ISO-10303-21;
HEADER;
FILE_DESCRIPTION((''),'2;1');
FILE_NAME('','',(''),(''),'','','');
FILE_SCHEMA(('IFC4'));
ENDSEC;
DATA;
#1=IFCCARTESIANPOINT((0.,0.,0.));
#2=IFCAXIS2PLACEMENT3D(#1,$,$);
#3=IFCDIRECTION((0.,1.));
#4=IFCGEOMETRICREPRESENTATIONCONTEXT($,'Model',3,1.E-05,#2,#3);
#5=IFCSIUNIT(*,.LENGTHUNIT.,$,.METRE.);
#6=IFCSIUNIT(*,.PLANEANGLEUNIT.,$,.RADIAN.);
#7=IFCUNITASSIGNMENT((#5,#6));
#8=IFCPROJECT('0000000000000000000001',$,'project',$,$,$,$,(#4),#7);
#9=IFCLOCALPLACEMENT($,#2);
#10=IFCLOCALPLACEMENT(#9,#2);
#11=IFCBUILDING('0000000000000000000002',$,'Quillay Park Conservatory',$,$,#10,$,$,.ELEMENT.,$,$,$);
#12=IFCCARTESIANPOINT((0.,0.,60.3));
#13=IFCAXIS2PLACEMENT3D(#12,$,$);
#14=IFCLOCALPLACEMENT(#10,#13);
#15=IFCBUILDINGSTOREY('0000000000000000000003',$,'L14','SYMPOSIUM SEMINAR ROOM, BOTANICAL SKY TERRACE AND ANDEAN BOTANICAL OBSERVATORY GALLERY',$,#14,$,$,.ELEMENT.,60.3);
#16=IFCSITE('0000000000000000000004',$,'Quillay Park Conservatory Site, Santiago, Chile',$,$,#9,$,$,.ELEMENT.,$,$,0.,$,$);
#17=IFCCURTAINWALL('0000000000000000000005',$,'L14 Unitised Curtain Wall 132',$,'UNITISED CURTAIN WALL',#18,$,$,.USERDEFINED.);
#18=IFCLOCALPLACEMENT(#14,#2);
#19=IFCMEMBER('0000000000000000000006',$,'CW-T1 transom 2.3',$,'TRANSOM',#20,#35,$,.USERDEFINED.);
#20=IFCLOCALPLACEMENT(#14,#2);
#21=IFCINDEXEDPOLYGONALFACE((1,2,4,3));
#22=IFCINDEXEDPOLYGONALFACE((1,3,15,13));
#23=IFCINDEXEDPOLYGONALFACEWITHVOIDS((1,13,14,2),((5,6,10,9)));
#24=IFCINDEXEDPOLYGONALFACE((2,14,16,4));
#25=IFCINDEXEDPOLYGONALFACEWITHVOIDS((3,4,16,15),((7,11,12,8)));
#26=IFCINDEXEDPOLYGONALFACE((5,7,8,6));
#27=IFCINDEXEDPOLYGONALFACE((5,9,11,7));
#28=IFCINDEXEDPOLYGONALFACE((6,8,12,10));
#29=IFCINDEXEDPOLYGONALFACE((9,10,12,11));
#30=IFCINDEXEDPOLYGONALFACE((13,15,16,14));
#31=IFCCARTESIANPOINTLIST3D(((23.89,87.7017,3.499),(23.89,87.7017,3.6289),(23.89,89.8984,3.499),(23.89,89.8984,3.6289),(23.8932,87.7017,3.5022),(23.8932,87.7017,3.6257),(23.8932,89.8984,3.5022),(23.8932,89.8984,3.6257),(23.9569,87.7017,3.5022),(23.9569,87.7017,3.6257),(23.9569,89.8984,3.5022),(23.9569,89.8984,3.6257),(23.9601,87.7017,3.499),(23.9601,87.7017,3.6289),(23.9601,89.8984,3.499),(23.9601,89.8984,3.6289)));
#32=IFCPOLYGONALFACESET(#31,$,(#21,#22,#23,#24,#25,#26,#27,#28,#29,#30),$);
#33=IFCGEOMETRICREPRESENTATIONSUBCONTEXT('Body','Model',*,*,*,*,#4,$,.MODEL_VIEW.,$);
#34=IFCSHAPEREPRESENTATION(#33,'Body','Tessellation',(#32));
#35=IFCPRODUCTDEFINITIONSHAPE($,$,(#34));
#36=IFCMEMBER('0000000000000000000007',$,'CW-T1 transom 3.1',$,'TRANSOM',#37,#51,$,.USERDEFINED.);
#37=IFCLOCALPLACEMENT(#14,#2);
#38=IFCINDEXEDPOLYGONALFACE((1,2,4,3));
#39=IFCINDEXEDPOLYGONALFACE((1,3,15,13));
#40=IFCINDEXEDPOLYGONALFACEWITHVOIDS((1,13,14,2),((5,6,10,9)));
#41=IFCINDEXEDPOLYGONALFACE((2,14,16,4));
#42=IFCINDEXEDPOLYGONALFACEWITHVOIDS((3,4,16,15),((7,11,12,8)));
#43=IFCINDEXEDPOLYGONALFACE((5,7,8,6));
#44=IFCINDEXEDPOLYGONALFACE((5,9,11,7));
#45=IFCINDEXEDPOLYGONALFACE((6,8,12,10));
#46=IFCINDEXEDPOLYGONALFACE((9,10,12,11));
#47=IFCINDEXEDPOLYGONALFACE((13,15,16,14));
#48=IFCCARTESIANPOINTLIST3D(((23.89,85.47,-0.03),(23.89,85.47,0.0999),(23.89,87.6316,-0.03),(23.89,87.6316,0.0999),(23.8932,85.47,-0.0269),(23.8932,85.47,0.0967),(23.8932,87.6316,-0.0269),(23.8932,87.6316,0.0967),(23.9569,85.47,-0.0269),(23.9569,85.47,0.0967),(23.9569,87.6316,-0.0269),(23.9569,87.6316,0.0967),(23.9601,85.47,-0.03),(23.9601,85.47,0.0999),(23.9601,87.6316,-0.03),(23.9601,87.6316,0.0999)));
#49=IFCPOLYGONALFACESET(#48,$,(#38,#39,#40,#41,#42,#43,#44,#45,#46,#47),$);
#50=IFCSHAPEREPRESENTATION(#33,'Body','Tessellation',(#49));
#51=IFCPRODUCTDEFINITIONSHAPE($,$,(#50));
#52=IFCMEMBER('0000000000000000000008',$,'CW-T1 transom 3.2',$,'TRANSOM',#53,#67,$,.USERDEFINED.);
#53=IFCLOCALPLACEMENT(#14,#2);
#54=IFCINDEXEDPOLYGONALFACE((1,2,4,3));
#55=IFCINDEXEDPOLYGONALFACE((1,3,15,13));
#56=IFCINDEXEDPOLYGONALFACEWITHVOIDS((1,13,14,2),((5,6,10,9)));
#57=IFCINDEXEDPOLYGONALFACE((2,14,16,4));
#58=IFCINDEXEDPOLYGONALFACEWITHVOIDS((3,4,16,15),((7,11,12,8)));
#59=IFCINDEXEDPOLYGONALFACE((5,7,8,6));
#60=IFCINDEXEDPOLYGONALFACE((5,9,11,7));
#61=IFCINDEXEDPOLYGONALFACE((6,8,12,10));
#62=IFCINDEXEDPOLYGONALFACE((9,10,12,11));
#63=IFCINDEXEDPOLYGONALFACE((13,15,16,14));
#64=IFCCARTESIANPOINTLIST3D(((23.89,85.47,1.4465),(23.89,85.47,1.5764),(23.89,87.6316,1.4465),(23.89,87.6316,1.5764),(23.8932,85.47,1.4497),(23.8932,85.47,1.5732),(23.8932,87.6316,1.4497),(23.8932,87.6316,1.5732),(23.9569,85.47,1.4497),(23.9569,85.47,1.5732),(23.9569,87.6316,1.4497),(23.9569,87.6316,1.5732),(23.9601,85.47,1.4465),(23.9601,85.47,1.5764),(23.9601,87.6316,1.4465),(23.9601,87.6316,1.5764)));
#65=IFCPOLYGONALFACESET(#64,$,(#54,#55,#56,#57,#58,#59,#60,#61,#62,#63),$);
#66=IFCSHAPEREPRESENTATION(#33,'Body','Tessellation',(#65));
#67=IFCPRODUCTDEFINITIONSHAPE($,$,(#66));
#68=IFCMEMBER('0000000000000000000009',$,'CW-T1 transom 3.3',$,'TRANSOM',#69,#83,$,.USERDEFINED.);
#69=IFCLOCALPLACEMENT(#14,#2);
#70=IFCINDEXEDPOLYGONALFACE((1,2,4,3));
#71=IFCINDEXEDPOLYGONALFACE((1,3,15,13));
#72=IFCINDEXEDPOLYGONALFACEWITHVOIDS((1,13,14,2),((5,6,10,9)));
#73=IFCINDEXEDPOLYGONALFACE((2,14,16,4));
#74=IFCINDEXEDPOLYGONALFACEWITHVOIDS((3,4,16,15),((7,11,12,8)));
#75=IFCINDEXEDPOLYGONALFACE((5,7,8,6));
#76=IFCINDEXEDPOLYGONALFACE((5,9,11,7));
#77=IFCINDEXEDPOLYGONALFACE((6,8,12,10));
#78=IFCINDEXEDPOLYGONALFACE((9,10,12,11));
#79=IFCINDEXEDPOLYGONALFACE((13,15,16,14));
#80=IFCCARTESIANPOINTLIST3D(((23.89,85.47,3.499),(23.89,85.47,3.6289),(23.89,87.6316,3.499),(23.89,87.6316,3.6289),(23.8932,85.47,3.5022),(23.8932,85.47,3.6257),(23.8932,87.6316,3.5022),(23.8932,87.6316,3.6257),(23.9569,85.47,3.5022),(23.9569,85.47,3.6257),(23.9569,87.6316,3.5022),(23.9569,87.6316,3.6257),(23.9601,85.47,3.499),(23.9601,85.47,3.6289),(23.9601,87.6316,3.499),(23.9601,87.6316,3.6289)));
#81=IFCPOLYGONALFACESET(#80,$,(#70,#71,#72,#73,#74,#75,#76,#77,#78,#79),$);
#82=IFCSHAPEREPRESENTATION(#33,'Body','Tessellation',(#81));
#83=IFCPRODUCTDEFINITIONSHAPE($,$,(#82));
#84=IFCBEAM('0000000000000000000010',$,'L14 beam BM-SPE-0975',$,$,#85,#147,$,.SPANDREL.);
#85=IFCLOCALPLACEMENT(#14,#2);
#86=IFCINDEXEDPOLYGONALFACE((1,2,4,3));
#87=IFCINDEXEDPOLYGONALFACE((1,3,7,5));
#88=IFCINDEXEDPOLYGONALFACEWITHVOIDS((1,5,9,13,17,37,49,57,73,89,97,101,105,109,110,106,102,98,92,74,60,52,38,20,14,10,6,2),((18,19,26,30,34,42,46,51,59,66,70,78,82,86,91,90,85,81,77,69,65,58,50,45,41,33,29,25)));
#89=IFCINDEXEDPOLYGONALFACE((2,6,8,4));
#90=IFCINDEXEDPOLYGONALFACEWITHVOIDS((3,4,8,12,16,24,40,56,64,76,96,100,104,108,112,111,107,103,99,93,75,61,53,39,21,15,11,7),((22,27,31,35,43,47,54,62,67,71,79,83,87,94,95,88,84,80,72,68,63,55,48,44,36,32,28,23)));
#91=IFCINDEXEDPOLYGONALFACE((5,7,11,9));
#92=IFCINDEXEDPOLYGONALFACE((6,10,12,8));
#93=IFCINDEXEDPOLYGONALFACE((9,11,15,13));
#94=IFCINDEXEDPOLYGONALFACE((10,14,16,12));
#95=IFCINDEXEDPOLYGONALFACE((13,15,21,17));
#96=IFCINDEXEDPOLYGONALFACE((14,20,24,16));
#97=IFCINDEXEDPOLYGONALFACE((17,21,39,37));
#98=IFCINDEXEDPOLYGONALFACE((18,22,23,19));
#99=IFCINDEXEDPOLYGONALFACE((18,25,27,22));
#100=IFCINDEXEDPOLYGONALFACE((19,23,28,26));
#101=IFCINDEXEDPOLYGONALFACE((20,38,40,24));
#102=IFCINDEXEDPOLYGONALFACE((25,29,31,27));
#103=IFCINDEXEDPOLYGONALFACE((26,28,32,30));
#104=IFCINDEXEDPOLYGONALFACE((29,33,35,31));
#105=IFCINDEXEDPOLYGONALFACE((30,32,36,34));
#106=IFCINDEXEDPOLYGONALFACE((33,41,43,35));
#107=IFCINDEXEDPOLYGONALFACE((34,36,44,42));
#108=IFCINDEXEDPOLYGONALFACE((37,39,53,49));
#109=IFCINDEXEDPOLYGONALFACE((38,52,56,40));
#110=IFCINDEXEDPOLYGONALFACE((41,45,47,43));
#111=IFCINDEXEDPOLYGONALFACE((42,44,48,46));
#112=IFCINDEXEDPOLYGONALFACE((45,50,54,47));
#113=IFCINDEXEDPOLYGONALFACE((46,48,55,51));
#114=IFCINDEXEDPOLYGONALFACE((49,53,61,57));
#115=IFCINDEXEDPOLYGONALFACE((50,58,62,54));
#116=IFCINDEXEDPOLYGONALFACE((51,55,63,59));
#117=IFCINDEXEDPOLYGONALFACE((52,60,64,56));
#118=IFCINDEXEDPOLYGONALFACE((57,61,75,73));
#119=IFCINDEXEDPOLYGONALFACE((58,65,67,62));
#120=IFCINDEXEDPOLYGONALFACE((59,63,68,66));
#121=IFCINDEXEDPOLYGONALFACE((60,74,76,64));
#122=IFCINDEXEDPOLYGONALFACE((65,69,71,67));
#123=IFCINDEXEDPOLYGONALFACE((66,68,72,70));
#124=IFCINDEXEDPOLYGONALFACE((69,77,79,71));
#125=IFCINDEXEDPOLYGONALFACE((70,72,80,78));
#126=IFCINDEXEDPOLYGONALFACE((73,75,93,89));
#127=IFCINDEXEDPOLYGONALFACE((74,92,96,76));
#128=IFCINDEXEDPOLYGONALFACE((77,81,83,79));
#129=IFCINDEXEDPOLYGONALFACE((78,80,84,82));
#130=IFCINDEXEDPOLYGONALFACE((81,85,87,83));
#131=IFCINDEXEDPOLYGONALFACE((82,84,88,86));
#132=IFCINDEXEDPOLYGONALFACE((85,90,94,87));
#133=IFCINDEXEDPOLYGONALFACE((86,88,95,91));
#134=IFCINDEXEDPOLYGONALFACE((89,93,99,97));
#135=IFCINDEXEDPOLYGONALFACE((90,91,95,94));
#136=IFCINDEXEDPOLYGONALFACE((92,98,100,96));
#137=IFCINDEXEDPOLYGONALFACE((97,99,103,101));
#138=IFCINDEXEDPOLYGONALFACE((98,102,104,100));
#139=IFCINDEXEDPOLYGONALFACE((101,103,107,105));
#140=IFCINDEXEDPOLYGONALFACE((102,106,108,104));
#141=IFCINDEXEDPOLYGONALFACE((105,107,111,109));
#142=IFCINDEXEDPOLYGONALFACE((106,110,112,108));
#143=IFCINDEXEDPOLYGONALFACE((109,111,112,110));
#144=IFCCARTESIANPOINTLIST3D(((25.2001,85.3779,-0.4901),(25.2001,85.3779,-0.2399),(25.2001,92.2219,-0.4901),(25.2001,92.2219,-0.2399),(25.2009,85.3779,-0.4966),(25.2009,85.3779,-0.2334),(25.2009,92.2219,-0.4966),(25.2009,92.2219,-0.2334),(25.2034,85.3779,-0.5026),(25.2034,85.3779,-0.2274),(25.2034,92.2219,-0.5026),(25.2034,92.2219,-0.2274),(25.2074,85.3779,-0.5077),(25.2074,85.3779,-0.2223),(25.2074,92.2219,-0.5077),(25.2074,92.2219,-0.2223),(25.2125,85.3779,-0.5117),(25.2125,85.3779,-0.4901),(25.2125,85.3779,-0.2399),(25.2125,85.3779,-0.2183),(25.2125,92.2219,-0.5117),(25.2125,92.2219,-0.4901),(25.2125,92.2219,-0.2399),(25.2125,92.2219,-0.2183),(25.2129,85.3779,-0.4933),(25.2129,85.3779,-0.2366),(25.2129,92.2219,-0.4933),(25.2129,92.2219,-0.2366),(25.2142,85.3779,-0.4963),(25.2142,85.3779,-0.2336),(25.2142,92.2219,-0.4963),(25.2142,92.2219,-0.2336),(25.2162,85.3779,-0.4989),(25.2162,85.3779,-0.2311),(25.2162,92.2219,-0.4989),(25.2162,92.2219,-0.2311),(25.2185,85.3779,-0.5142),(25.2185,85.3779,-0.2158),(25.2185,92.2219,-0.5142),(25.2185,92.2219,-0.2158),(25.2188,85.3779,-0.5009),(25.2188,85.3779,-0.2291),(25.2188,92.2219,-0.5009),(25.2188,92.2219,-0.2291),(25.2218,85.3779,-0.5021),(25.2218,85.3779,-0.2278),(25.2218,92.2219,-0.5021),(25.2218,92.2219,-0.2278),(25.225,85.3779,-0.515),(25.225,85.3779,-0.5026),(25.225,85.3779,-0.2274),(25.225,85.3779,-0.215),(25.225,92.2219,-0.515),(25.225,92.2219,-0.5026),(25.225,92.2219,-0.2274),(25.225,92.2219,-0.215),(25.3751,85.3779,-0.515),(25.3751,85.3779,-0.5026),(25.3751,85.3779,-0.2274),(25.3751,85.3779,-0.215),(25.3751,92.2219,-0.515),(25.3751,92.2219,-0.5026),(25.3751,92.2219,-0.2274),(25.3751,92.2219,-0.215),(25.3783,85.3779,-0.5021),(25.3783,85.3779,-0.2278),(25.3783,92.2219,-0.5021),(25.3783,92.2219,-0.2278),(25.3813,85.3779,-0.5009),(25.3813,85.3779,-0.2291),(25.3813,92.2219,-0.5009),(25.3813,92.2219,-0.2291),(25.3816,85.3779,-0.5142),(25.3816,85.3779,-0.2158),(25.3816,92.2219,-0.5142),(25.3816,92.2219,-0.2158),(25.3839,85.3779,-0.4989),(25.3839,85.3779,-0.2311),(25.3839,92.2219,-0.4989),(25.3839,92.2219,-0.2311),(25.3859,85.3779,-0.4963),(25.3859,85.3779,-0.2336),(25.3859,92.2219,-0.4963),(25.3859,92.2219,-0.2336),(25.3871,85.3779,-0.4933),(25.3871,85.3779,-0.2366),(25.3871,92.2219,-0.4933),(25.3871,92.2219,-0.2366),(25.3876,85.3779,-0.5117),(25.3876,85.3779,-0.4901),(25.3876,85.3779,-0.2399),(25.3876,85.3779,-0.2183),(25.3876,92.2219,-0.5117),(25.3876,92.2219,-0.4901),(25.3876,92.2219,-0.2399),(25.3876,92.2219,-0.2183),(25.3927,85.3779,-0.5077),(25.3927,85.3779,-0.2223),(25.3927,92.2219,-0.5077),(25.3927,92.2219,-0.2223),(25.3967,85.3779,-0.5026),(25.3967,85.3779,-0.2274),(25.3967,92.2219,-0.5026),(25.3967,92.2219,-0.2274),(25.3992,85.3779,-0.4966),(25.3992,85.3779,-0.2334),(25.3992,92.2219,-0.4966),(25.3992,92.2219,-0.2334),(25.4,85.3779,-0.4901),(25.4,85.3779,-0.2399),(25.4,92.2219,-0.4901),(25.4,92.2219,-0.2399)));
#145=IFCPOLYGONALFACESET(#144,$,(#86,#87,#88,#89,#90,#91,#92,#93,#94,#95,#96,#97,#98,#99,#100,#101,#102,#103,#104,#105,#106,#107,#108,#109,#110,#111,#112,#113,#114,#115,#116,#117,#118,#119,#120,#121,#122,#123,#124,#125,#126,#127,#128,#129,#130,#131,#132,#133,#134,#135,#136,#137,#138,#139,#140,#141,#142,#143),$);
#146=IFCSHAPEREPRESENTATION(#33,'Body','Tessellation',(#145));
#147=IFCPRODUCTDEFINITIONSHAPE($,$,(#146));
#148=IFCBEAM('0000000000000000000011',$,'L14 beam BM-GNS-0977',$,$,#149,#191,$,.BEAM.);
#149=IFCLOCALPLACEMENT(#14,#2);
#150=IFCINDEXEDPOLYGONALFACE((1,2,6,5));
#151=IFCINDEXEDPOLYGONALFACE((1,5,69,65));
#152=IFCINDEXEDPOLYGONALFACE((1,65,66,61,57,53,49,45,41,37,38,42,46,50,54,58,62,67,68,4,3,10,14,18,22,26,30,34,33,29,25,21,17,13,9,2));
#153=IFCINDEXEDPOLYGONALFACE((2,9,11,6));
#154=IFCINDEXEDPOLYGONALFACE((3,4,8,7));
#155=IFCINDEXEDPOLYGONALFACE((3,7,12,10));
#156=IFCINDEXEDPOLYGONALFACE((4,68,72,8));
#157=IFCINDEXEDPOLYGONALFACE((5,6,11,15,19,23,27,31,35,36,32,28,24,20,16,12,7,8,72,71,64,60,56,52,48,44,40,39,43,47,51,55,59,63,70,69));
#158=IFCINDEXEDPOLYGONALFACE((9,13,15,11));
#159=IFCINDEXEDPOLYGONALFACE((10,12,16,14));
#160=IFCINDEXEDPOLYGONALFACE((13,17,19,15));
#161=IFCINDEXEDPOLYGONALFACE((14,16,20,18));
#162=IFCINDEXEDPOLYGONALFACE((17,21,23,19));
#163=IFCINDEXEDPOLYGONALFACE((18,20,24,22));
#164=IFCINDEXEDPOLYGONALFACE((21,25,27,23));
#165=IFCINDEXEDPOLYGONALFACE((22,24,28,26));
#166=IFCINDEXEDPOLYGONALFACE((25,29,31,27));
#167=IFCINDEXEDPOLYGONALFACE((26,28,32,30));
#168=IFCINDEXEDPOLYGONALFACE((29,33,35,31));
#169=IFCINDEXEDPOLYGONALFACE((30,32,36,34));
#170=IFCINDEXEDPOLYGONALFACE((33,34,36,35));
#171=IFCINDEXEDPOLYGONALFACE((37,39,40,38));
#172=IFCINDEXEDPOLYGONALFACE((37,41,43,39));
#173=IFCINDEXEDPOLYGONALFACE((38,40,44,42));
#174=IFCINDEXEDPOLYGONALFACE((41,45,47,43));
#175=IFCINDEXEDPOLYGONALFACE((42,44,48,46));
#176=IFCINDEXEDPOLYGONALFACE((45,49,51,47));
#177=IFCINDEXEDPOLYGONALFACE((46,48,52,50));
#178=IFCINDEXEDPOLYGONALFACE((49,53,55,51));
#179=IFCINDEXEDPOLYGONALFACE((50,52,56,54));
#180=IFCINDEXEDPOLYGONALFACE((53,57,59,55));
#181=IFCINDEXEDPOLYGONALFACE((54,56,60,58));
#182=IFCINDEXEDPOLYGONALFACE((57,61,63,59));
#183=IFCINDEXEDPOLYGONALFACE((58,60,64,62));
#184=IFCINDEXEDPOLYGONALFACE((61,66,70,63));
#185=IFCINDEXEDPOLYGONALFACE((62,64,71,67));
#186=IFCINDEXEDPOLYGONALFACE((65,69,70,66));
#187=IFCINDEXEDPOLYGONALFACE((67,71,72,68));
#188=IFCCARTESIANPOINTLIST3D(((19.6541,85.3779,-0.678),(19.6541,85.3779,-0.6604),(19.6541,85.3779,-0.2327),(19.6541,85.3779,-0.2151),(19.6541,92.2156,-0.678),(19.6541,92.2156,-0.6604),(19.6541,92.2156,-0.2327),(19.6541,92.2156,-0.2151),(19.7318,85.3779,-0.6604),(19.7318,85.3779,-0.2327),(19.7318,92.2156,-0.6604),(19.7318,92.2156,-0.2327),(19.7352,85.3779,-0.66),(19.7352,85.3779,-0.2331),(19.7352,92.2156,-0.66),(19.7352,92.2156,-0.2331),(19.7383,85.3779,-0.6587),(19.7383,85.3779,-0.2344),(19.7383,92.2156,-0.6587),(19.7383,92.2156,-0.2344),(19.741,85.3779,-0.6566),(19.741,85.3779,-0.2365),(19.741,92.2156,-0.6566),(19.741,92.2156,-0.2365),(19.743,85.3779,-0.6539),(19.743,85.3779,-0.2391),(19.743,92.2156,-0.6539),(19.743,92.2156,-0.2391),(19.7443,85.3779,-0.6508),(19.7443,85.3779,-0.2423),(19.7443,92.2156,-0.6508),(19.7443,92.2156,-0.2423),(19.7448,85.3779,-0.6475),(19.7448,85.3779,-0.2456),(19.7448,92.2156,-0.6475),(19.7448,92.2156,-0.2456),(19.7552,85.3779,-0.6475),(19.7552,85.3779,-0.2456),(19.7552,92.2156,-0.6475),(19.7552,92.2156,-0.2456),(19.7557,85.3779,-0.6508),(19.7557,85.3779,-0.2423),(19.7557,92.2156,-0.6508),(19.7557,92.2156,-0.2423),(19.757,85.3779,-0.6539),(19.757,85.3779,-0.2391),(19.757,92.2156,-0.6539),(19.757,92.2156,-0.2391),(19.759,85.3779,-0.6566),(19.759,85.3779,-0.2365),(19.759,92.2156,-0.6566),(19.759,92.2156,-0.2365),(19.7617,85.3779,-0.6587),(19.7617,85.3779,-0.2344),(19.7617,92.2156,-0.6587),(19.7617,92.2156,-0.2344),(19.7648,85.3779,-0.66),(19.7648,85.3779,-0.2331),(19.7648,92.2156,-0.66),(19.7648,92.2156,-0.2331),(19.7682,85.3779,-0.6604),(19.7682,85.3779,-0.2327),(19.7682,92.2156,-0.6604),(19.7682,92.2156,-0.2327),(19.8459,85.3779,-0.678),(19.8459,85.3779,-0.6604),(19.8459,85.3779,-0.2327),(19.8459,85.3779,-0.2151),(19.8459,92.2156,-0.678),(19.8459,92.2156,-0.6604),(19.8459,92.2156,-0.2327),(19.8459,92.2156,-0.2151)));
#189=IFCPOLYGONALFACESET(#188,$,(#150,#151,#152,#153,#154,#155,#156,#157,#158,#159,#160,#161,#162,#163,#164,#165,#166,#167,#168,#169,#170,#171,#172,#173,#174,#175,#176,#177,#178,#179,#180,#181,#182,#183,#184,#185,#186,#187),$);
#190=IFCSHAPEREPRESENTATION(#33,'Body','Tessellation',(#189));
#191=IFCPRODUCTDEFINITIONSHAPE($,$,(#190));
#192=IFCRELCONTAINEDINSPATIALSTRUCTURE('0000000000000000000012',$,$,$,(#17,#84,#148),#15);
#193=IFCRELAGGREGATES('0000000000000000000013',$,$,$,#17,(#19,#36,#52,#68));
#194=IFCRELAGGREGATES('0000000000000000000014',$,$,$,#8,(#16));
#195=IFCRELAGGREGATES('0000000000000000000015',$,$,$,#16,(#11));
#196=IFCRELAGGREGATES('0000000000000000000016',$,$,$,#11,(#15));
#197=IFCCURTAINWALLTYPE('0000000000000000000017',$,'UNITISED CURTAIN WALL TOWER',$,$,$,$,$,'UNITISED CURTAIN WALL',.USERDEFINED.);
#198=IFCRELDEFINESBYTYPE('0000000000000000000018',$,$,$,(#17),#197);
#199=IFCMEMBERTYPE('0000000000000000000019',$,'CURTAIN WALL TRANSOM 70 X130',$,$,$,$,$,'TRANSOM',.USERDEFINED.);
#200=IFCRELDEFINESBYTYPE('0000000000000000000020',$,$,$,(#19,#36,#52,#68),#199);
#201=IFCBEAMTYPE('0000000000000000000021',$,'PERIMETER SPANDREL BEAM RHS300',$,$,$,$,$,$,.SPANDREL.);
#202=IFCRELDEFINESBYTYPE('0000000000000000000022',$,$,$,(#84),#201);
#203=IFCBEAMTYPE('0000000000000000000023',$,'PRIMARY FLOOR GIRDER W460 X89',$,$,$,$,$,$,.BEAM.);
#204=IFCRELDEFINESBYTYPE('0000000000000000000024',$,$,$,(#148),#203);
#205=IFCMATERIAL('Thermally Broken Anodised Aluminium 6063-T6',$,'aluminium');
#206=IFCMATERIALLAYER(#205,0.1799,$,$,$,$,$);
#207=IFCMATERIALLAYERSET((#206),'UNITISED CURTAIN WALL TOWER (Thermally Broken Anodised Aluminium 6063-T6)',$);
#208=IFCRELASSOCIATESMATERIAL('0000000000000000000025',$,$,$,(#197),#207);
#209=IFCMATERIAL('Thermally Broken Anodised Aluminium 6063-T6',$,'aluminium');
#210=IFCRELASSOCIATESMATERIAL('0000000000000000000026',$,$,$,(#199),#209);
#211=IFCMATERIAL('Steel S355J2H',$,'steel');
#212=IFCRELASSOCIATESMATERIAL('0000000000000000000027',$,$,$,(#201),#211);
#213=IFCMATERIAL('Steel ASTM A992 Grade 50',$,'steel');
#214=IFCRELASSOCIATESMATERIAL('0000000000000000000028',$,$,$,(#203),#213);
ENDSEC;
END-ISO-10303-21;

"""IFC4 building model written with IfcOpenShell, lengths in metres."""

from ifc_helpers import new_model, si_unit, direction, frame, origin, origin_2d, place, context, subcontext, project, spatial, hollow_rectangle, i_section, extrude, material, layer, layer_set, material_profile, profile_set, type_object, element, aggregate, save


model = new_model("IFC4")

# Units and contexts
model_context = context("Model", 3, precision=1e-05, world=origin(), true_north=direction((0.0, 1.0)))
body_context = subcontext(model_context, "Body", "Model", "MODEL_VIEW")
ifc_project = project(units=[si_unit("LENGTHUNIT", "METRE"), si_unit("PLANEANGLEUNIT", "RADIAN")], contexts=[model_context])

# Site, building, storey
site_placement = place(None, origin())
site = spatial("IfcSite", under=ifc_project, at=site_placement, Name="Quillay Park Conservatory Site, Santiago, Chile", CompositionType="ELEMENT", RefElevation=0.0)
building_placement = place(site_placement, origin())
building = spatial("IfcBuilding", under=site, at=building_placement, Name="Quillay Park Conservatory", CompositionType="ELEMENT")
storey_placement = place(building_placement, frame((0.0, 0.0, 60.3)))
storey = spatial("IfcBuildingStorey", under=building, at=storey_placement, Name="L14", Description="SYMPOSIUM SEMINAR ROOM, BOTANICAL SKY TERRACE AND ANDEAN BOTANICAL OBSERVATORY GALLERY", CompositionType="ELEMENT", Elevation=60.3)

# Curtain wall, members
ifc_material_1 = material(Name="Thermally Broken Anodised Aluminium 6063-T6", Category="aluminium")
ifc_layer_1 = layer(ifc_material_1, 0.1799)
ifc_layer_set_1 = layer_set([ifc_layer_1], Name="UNITISED CURTAIN WALL TOWER (Thermally Broken Anodised Aluminium 6063-T6)")
curtain_wall_type = type_object("IfcCurtainWallType", Name="UNITISED CURTAIN WALL TOWER", ElementType="UNITISED CURTAIN WALL", PredefinedType="USERDEFINED", material=ifc_layer_set_1)
curtain_wall_placement = place(storey_placement, origin())
curtain_wall = element("IfcCurtainWall", 1, at=curtain_wall_placement, inside=storey, type_object=curtain_wall_type, Name="L14 Unitised Curtain Wall 132", ObjectType="UNITISED CURTAIN WALL", PredefinedType="USERDEFINED")
ifc_material_2 = material(Name="Thermally Broken Anodised Aluminium 6063-T6", Category="aluminium")
ifc_material_profile_1 = material_profile(ifc_material_2, hollow_rectangle(XDim=0.0701, YDim=0.1299, WallThickness=0.0032, at=origin_2d()), Name="AL70x130x3.2")
ifc_profile_set_1 = profile_set([ifc_material_profile_1], Name="Thermally Broken Anodised Aluminium 6063-T6")
member_type_1 = type_object("IfcMemberType", Name="CURTAIN WALL TRANSOM 70 X130", ElementType="TRANSOM", PredefinedType="USERDEFINED", material=ifc_profile_set_1)
member_1_placement = place(storey_placement, frame((23.925, 89.8984, 3.564), z_axis=(0.0, -1.0, 0.0), x_axis=(1.0, 0.0, 0.0)))
member_1 = element("IfcMember", 2, at=member_1_placement, type_object=member_type_1, Name="CW-T1 transom 2.3", ObjectType="TRANSOM", PredefinedType="USERDEFINED", context=body_context, shape_type="SweptSolid", body=[
    extrude(hollow_rectangle(XDim=0.0701, YDim=0.1299, WallThickness=0.0032, at=origin_2d()), origin(), (0.0, 0.0, 1.0), 2.1968),
])
member_2_placement = place(storey_placement, frame((23.925, 87.6316, 0.0349), z_axis=(0.0, -1.0, 0.0), x_axis=(1.0, 0.0, 0.0)))
member_2 = element("IfcMember", 3, at=member_2_placement, type_object=member_type_1, Name="CW-T1 transom 3.1", ObjectType="TRANSOM", PredefinedType="USERDEFINED", context=body_context, shape_type="SweptSolid", body=[
    extrude(hollow_rectangle(XDim=0.0701, YDim=0.1299, WallThickness=0.0032, at=origin_2d()), origin(), (0.0, 0.0, 1.0), 2.1616),
])
member_3_placement = place(storey_placement, frame((23.925, 87.6316, 1.5115), z_axis=(0.0, -1.0, 0.0), x_axis=(1.0, 0.0, 0.0)))
member_3 = element("IfcMember", 4, at=member_3_placement, type_object=member_type_1, Name="CW-T1 transom 3.2", ObjectType="TRANSOM", PredefinedType="USERDEFINED", context=body_context, shape_type="SweptSolid", body=[
    extrude(hollow_rectangle(XDim=0.0701, YDim=0.1299, WallThickness=0.0032, at=origin_2d()), origin(), (0.0, 0.0, 1.0), 2.1616),
])
member_4_placement = place(storey_placement, frame((23.925, 87.6316, 3.564), z_axis=(0.0, -1.0, 0.0), x_axis=(1.0, 0.0, 0.0)))
member_4 = element("IfcMember", 5, at=member_4_placement, type_object=member_type_1, Name="CW-T1 transom 3.3", ObjectType="TRANSOM", PredefinedType="USERDEFINED", context=body_context, shape_type="SweptSolid", body=[
    extrude(hollow_rectangle(XDim=0.0701, YDim=0.1299, WallThickness=0.0032, at=origin_2d()), origin(), (0.0, 0.0, 1.0), 2.1616),
])

# Beams
ifc_material_3 = material(Name="Steel S355J2H", Category="steel")
ifc_material_profile_2 = material_profile(ifc_material_3, hollow_rectangle(XDim=0.2, YDim=0.3, WallThickness=0.0125, InnerFilletRadius=0.0125, OuterFilletRadius=0.0249, at=origin_2d()), Name="RHS300x200x12.5")
ifc_profile_set_2 = profile_set([ifc_material_profile_2], Name="Steel S355J2H")
beam_type_1 = type_object("IfcBeamType", Name="PERIMETER SPANDREL BEAM RHS300", PredefinedType="SPANDREL", material=ifc_profile_set_2)
beam_1_placement = place(storey_placement, frame((25.3, 85.3779, -0.365), z_axis=(0.0, 1.0, 0.0), x_axis=(-1.0, 0.0, 0.0)))
element("IfcBeam", 6, at=beam_1_placement, inside=storey, type_object=beam_type_1, Name="L14 beam BM-SPE-0975", PredefinedType="SPANDREL", context=body_context, shape_type="SweptSolid", body=[
    extrude(hollow_rectangle(XDim=0.2, YDim=0.3, WallThickness=0.0125, InnerFilletRadius=0.0125, OuterFilletRadius=0.0249, at=origin_2d()), origin(), (0.0, 0.0, 1.0), 6.844),
])
ifc_material_4 = material(Name="Steel ASTM A992 Grade 50", Category="steel")
ifc_material_profile_3 = material_profile(ifc_material_4, i_section(OverallWidth=0.1919, OverallDepth=0.4629, WebThickness=0.0105, FlangeThickness=0.0176, FilletRadius=0.0129, at=origin_2d()), Name="W460x89")
ifc_profile_set_3 = profile_set([ifc_material_profile_3], Name="Steel ASTM A992 Grade 50")
beam_type_2 = type_object("IfcBeamType", Name="PRIMARY FLOOR GIRDER W460 X89", PredefinedType="BEAM", material=ifc_profile_set_3)
beam_2_placement = place(storey_placement, frame((19.75, 85.3779, -0.4465), z_axis=(0.0, 1.0, 0.0), x_axis=(-1.0, 0.0, 0.0)))
element("IfcBeam", 7, at=beam_2_placement, inside=storey, type_object=beam_type_2, Name="L14 beam BM-GNS-0977", PredefinedType="BEAM", context=body_context, shape_type="SweptSolid", body=[
    extrude(i_section(OverallWidth=0.1919, OverallDepth=0.4629, WebThickness=0.0105, FlangeThickness=0.0176, FilletRadius=0.0129, at=origin_2d()), origin(), (0.0, 0.0, 1.0), 6.8376),
])

aggregate(curtain_wall, [member_1, member_2, member_3, member_4])

save(model, "model.ifc")
